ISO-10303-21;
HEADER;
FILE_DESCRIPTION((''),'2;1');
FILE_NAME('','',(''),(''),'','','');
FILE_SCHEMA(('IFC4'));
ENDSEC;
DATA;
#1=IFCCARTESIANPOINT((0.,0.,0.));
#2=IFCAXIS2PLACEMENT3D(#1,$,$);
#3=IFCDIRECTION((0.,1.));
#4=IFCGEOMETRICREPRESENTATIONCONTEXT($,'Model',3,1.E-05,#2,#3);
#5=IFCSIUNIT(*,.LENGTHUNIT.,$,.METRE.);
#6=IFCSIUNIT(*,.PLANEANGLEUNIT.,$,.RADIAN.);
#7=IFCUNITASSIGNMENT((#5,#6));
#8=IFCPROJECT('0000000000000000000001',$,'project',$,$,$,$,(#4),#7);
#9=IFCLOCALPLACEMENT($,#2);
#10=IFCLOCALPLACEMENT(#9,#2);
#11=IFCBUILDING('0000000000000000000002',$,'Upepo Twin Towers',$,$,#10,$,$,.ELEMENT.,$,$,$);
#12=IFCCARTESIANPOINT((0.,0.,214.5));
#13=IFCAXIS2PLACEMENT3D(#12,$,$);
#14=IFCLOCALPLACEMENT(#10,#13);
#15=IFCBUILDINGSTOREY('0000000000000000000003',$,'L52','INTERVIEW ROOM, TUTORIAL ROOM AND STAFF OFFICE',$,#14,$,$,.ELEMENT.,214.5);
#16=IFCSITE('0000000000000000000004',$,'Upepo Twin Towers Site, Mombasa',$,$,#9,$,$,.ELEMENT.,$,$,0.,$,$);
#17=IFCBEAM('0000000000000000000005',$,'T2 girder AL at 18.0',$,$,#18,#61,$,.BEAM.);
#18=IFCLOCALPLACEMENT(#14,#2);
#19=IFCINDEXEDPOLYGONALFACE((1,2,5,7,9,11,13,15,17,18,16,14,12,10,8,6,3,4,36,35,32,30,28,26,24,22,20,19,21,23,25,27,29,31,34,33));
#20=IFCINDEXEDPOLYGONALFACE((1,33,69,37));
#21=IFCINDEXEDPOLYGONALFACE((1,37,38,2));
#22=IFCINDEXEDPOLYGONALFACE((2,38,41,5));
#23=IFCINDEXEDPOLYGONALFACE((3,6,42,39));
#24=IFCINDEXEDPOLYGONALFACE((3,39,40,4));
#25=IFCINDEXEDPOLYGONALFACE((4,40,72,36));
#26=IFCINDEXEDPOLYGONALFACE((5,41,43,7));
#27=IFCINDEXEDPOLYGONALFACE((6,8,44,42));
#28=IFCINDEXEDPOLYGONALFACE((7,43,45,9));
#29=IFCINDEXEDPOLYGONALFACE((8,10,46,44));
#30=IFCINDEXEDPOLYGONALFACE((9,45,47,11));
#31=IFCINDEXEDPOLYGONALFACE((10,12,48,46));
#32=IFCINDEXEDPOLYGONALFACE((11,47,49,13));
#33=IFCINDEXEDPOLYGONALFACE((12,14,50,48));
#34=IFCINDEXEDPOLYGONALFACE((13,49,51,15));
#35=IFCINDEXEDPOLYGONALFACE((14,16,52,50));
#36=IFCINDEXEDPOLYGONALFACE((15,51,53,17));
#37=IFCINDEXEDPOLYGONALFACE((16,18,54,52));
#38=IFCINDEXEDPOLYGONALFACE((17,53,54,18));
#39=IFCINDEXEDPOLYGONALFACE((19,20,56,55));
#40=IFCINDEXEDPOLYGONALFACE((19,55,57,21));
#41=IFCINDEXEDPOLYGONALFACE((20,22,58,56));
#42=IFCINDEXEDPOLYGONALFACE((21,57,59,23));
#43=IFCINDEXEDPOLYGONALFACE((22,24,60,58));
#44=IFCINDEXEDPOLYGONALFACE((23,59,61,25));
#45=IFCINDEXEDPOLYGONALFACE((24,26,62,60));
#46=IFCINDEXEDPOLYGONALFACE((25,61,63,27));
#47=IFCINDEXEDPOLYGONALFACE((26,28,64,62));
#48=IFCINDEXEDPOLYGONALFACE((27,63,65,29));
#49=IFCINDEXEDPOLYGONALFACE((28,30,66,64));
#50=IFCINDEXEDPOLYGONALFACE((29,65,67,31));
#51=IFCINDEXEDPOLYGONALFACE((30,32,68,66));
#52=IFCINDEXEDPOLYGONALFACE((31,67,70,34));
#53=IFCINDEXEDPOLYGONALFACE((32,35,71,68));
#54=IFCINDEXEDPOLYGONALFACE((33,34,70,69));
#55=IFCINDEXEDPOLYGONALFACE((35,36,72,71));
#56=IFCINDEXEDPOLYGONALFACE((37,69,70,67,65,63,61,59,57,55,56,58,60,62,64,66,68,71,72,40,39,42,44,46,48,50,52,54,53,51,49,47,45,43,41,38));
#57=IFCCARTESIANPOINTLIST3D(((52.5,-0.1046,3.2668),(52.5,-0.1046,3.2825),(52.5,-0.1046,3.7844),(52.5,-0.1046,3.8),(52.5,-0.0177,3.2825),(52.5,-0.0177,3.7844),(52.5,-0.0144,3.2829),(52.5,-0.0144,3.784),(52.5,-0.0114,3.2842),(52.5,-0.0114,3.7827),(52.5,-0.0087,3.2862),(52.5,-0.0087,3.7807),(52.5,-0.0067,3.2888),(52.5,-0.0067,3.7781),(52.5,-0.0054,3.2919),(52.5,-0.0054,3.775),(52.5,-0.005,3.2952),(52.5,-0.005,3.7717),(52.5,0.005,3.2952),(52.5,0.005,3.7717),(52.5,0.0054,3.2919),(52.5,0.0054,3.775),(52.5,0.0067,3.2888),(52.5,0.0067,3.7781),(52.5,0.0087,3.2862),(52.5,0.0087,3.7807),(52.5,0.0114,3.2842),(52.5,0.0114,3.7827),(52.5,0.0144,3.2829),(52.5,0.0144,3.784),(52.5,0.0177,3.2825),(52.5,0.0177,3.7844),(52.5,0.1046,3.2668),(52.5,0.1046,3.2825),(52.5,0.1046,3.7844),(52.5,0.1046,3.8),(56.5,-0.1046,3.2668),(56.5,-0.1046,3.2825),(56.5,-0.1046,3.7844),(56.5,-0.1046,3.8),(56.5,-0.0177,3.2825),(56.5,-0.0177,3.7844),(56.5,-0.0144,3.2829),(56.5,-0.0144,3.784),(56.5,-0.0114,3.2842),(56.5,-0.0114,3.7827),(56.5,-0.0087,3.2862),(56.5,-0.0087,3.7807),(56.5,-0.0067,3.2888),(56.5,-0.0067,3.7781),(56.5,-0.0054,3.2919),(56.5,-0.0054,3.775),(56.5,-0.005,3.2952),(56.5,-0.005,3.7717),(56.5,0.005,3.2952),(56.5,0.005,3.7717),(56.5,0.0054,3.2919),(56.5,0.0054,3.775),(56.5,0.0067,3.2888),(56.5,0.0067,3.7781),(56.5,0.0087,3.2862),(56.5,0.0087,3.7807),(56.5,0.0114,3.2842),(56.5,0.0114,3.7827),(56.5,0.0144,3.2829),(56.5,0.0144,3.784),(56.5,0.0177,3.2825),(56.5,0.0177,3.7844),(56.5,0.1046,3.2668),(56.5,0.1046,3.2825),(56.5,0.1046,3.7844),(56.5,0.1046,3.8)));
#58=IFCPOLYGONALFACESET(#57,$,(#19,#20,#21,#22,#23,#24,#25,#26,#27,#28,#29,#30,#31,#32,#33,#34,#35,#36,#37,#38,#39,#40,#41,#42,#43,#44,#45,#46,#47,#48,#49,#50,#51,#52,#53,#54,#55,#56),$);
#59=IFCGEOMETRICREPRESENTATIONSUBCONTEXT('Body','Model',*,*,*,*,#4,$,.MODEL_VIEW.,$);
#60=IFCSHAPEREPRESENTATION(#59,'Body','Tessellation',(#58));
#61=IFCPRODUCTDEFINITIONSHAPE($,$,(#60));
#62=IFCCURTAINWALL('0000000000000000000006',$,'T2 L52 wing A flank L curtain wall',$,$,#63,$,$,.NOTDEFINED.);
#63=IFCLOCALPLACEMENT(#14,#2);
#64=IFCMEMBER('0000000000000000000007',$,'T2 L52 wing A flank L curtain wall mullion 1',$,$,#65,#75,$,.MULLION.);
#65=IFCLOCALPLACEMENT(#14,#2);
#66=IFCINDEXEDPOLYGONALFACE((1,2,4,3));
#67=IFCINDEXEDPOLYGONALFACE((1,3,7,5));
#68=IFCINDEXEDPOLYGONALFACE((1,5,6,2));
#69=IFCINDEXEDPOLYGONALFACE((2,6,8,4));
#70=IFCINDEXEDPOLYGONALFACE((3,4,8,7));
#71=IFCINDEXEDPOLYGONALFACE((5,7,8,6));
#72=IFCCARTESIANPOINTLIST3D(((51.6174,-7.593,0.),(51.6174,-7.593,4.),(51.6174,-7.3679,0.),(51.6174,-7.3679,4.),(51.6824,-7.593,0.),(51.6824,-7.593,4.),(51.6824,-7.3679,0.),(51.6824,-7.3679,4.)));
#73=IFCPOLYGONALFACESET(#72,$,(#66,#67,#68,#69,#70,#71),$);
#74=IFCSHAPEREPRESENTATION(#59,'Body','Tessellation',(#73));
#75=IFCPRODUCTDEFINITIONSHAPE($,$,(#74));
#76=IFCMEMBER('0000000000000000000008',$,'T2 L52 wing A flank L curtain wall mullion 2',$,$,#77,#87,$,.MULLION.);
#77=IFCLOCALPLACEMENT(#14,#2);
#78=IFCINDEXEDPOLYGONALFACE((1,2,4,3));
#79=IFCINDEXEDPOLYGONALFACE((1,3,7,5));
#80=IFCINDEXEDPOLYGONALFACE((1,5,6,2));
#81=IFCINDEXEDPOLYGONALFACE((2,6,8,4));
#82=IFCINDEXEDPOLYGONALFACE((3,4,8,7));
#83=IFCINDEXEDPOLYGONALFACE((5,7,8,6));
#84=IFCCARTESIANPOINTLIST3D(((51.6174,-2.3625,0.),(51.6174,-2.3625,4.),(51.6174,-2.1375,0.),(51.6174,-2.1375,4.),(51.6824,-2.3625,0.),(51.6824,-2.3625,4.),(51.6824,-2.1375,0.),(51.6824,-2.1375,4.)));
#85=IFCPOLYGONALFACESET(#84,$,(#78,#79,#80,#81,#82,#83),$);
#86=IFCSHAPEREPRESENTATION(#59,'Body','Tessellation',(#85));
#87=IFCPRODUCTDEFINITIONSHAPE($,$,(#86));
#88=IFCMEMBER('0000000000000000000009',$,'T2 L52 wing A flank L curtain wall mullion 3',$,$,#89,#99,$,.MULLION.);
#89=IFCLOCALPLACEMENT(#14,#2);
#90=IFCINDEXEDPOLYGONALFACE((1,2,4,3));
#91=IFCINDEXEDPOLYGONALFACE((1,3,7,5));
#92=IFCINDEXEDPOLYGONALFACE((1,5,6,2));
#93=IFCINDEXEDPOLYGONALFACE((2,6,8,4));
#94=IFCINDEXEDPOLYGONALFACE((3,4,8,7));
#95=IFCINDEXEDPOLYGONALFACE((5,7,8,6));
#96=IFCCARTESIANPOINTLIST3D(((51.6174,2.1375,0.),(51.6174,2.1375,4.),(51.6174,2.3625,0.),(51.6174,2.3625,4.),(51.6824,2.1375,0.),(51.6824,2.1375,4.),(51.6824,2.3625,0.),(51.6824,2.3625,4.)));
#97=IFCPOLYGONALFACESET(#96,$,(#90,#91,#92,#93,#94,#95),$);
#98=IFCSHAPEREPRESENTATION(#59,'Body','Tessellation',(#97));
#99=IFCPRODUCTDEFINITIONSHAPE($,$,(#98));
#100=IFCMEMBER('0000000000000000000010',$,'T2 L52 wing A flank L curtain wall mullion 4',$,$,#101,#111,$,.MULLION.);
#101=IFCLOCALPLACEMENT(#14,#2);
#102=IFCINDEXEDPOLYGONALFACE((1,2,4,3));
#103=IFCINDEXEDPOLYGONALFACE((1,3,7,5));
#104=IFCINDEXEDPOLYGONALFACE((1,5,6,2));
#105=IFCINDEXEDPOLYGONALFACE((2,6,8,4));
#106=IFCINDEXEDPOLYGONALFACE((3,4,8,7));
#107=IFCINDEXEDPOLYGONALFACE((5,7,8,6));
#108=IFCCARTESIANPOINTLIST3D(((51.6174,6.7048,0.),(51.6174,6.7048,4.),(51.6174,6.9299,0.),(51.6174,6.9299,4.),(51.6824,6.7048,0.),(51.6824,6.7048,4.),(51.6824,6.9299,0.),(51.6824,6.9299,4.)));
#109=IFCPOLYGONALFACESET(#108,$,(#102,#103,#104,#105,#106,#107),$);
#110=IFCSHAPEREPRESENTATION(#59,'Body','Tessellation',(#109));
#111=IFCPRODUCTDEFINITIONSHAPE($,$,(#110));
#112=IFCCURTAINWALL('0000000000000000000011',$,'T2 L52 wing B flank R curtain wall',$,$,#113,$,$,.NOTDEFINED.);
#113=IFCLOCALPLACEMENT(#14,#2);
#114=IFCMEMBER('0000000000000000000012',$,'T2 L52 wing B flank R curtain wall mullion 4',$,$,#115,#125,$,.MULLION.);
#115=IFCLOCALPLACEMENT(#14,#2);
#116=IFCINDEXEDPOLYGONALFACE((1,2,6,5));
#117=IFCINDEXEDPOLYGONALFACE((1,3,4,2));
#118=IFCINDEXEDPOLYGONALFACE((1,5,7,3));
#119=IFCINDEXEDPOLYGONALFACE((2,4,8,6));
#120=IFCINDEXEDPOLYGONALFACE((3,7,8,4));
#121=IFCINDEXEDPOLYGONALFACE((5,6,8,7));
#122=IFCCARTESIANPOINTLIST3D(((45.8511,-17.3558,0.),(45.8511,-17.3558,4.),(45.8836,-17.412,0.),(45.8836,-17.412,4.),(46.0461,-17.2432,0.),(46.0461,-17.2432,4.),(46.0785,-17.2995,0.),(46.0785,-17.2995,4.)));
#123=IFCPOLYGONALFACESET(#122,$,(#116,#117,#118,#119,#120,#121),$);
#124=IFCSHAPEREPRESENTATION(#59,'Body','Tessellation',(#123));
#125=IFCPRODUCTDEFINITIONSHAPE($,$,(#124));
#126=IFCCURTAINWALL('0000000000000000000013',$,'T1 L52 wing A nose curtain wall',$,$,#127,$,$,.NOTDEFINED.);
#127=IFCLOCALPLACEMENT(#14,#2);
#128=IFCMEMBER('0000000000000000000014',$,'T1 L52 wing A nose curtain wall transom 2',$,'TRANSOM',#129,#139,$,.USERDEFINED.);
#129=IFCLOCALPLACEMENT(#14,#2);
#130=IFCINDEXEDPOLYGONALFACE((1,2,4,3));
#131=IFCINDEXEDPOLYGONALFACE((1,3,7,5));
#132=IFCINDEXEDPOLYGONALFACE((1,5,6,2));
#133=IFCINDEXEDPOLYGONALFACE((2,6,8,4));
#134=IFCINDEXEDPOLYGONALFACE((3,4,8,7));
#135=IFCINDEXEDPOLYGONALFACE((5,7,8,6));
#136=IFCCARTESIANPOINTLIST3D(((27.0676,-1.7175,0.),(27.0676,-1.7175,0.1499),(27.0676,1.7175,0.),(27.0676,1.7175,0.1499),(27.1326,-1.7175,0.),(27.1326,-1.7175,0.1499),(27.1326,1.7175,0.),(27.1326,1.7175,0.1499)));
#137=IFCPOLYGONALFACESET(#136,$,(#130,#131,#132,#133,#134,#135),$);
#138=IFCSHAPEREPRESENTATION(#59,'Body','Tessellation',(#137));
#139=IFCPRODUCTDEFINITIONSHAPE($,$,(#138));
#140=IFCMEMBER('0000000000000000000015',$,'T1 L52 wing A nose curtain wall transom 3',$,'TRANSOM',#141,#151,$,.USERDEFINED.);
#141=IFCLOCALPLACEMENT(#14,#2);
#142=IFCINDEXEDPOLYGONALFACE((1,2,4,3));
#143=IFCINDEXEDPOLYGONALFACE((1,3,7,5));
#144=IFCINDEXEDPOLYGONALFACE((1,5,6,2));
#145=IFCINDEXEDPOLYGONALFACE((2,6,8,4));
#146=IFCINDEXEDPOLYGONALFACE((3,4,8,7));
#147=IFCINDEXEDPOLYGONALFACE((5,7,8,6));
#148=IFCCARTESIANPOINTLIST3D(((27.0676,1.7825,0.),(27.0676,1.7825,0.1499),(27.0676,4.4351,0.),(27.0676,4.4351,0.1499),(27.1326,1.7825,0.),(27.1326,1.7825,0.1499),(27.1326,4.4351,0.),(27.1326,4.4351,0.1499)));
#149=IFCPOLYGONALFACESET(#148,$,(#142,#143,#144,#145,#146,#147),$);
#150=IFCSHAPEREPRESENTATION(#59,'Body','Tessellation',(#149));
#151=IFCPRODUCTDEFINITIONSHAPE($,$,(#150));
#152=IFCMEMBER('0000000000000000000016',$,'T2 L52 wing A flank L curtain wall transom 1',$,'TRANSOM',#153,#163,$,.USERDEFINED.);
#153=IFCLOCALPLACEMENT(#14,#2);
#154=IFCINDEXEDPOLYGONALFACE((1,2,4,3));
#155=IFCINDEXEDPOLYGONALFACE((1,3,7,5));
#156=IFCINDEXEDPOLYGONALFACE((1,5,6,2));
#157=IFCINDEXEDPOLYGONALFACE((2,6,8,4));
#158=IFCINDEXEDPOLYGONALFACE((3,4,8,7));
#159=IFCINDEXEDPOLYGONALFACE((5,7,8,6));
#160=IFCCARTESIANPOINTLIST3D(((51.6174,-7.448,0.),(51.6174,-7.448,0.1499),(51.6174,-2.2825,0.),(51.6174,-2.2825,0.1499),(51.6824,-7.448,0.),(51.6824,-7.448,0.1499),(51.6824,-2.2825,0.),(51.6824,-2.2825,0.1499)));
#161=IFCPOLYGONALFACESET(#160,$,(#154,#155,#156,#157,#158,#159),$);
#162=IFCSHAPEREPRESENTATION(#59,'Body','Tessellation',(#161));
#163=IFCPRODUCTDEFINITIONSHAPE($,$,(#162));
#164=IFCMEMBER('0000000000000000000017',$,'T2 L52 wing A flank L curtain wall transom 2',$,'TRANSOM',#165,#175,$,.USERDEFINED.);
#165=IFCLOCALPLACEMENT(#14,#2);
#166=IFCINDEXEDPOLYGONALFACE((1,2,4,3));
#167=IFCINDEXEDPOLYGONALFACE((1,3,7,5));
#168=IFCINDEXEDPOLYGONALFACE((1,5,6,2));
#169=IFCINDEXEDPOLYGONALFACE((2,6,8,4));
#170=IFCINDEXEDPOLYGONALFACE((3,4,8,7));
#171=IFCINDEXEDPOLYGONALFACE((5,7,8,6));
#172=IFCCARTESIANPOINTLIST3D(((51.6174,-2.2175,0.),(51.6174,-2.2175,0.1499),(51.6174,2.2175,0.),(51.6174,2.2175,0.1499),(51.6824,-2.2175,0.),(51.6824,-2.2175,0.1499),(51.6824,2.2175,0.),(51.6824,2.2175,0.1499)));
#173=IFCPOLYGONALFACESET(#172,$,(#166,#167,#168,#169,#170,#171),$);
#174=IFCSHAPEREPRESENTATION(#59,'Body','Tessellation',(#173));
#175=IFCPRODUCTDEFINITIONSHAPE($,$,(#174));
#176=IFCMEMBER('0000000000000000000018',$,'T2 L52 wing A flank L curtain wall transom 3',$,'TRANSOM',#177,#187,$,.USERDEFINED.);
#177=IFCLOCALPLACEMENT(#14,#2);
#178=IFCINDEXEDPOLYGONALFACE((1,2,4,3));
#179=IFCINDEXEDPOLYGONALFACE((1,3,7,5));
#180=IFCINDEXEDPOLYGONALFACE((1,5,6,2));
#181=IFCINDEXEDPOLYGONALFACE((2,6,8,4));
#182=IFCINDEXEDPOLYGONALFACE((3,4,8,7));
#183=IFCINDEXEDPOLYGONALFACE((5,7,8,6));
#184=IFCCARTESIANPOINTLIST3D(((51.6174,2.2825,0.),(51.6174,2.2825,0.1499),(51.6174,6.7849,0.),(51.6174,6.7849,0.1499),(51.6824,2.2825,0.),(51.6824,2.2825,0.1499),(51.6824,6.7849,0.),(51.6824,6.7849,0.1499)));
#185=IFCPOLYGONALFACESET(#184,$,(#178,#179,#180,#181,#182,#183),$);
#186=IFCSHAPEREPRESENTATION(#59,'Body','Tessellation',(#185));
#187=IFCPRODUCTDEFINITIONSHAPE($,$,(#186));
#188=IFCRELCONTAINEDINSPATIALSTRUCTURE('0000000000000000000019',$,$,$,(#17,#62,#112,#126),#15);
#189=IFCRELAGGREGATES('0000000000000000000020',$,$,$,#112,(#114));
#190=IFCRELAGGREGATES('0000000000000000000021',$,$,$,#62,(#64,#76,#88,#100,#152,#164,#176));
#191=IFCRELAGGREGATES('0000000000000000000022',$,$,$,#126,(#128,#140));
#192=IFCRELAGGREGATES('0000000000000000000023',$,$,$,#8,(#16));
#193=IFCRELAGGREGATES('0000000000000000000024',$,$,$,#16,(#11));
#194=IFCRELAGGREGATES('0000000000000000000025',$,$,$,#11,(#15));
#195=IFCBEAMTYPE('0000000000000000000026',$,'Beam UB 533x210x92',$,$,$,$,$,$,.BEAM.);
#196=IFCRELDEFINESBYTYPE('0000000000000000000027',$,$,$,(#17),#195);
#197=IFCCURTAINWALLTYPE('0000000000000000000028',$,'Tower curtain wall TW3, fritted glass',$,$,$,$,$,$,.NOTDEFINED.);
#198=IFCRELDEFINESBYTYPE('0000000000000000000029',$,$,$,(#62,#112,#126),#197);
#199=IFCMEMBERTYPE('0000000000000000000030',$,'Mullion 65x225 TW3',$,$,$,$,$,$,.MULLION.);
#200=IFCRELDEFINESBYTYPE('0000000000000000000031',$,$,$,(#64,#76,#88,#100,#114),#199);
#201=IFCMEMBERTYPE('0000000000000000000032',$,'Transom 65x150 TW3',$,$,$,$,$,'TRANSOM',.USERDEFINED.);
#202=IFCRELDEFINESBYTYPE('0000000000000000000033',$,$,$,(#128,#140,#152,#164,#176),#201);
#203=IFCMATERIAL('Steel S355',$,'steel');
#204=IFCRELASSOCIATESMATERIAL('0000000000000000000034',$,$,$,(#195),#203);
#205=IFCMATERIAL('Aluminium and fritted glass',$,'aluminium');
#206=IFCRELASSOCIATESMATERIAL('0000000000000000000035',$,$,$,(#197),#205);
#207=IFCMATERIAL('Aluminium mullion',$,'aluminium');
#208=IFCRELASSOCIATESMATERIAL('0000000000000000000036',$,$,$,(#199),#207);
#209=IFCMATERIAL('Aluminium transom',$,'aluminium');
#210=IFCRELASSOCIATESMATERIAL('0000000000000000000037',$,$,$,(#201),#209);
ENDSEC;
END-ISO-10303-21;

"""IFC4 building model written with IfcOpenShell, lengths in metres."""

from ifc_helpers import new_model, si_unit, direction, frame, origin, origin_2d, place, context, subcontext, project, spatial, rectangle, i_section, extrude, material, material_profile, profile_set, type_object, element, aggregate, save


model = new_model("IFC4")

# Units and contexts
model_context = context("Model", 3, precision=1e-05, world=origin(), true_north=direction((0.0, 1.0)))
body_context = subcontext(model_context, "Body", "Model", "MODEL_VIEW")
ifc_project = project(units=[si_unit("LENGTHUNIT", "METRE"), si_unit("PLANEANGLEUNIT", "RADIAN")], contexts=[model_context])

# Site, building, storey
site_placement = place(None, origin())
site = spatial("IfcSite", under=ifc_project, at=site_placement, Name="Upepo Twin Towers Site, Mombasa", CompositionType="ELEMENT", RefElevation=0.0)
building_placement = place(site_placement, origin())
building = spatial("IfcBuilding", under=site, at=building_placement, Name="Upepo Twin Towers", CompositionType="ELEMENT")
storey_placement = place(building_placement, frame((0.0, 0.0, 214.5)))
storey = spatial("IfcBuildingStorey", under=building, at=storey_placement, Name="L52", Description="INTERVIEW ROOM, TUTORIAL ROOM AND STAFF OFFICE", CompositionType="ELEMENT", Elevation=214.5)

# Beam
ifc_material_1 = material(Name="Steel S355", Category="steel")
ifc_material_profile_1 = material_profile(ifc_material_1, i_section(OverallWidth=0.2092, OverallDepth=0.5332, WebThickness=0.01, FlangeThickness=0.0156, FilletRadius=0.0127, at=origin_2d()), Name="UB 533x210x92")
ifc_profile_set_1 = profile_set([ifc_material_profile_1], Name="Steel S355")
beam_type_1 = type_object("IfcBeamType", Name="Beam UB 533x210x92", PredefinedType="BEAM", material=ifc_profile_set_1)
for number, where, z_axis, x_axis, name in (
    (1, (52.5, 0.0, 3.5334), (1.0, 0.0, 0.0), (0.0, 1.0, 0.0), "T2 girder AL at 18.0"),
):
    element("IfcBeam", number, at=place(storey_placement, frame(where, z_axis=z_axis, x_axis=x_axis)), inside=storey, type_object=beam_type_1, Name=name, PredefinedType="BEAM", context=body_context, shape_type="SweptSolid", body=[
        extrude(i_section(OverallWidth=0.2092, OverallDepth=0.5332, WebThickness=0.01, FlangeThickness=0.0156, FilletRadius=0.0127, at=origin_2d()), origin(), (0.0, 0.0, 1.0), 4.0),
    ])

# Curtain wall, members
ifc_material_2 = material(Name="Aluminium and fritted glass", Category="aluminium")
curtain_wall_type = type_object("IfcCurtainWallType", Name="Tower curtain wall TW3, fritted glass", PredefinedType="NOTDEFINED", material=ifc_material_2)
curtain_wall_1_placement = place(storey_placement, origin())
curtain_wall_1 = element("IfcCurtainWall", 2, at=curtain_wall_1_placement, inside=storey, type_object=curtain_wall_type, Name="T2 L52 wing A flank L curtain wall", PredefinedType="NOTDEFINED")
ifc_material_3 = material(Name="Aluminium mullion", Category="aluminium")
ifc_material_profile_2 = material_profile(ifc_material_3, rectangle(XDim=0.0649, YDim=0.2251, at=origin_2d()), Name="MULLION 65x225")
ifc_profile_set_2 = profile_set([ifc_material_profile_2], Name="Aluminium mullion")
member_type_1 = type_object("IfcMemberType", Name="Mullion 65x225 TW3", PredefinedType="MULLION", material=ifc_profile_set_2)
member_1_placement = place(storey_placement, frame((51.6499, -7.4805, 0.0), z_axis=(0.0, 0.0, 1.0), x_axis=(-1.0, 0.0, 0.0)))
member_1 = element("IfcMember", 3, at=member_1_placement, type_object=member_type_1, Name="T2 L52 wing A flank L curtain wall mullion 1", PredefinedType="MULLION", context=body_context, shape_type="SweptSolid", body=[
    extrude(rectangle(XDim=0.0649, YDim=0.2251, at=origin_2d()), origin(), (0.0, 0.0, 1.0), 4.0),
])
member_2_placement = place(storey_placement, frame((51.6499, -2.25, 0.0), z_axis=(0.0, 0.0, 1.0), x_axis=(-1.0, 0.0, 0.0)))
member_2 = element("IfcMember", 4, at=member_2_placement, type_object=member_type_1, Name="T2 L52 wing A flank L curtain wall mullion 2", PredefinedType="MULLION", context=body_context, shape_type="SweptSolid", body=[
    extrude(rectangle(XDim=0.0649, YDim=0.2251, at=origin_2d()), origin(), (0.0, 0.0, 1.0), 4.0),
])
member_3_placement = place(storey_placement, frame((51.6499, 2.25, 0.0), z_axis=(0.0, 0.0, 1.0), x_axis=(-1.0, 0.0, 0.0)))
member_3 = element("IfcMember", 5, at=member_3_placement, type_object=member_type_1, Name="T2 L52 wing A flank L curtain wall mullion 3", PredefinedType="MULLION", context=body_context, shape_type="SweptSolid", body=[
    extrude(rectangle(XDim=0.0649, YDim=0.2251, at=origin_2d()), origin(), (0.0, 0.0, 1.0), 4.0),
])
member_4_placement = place(storey_placement, frame((51.6499, 6.8174, 0.0), z_axis=(0.0, 0.0, 1.0), x_axis=(-1.0, 0.0, 0.0)))
member_4 = element("IfcMember", 6, at=member_4_placement, type_object=member_type_1, Name="T2 L52 wing A flank L curtain wall mullion 4", PredefinedType="MULLION", context=body_context, shape_type="SweptSolid", body=[
    extrude(rectangle(XDim=0.0649, YDim=0.2251, at=origin_2d()), origin(), (0.0, 0.0, 1.0), 4.0),
])

# Curtain wall, member
curtain_wall_2_placement = place(storey_placement, origin())
curtain_wall_2 = element("IfcCurtainWall", 7, at=curtain_wall_2_placement, inside=storey, type_object=curtain_wall_type, Name="T2 L52 wing B flank R curtain wall", PredefinedType="NOTDEFINED")
member_5_placement = place(storey_placement, frame((45.9648, -17.3276, 0.0), z_axis=(0.0, 0.0, 1.0), x_axis=(-0.5, 0.866025, 0.0)))
member_5 = element("IfcMember", 8, at=member_5_placement, type_object=member_type_1, Name="T2 L52 wing B flank R curtain wall mullion 4", PredefinedType="MULLION", context=body_context, shape_type="SweptSolid", body=[
    extrude(rectangle(XDim=0.0649, YDim=0.2251, at=origin_2d()), origin(), (0.0, 0.0, 1.0), 4.0),
])
aggregate(curtain_wall_2, [member_5])

# Curtain wall, members
curtain_wall_3_placement = place(storey_placement, origin())
curtain_wall_3 = element("IfcCurtainWall", 9, at=curtain_wall_3_placement, inside=storey, type_object=curtain_wall_type, Name="T1 L52 wing A nose curtain wall", PredefinedType="NOTDEFINED")
ifc_material_4 = material(Name="Aluminium transom", Category="aluminium")
ifc_material_profile_3 = material_profile(ifc_material_4, rectangle(XDim=0.0649, YDim=0.1499, at=origin_2d()), Name="TRANSOM 65x150")
ifc_profile_set_3 = profile_set([ifc_material_profile_3], Name="Aluminium transom")
member_type_2 = type_object("IfcMemberType", Name="Transom 65x150 TW3", ElementType="TRANSOM", PredefinedType="USERDEFINED", material=ifc_profile_set_3)
member_6_placement = place(storey_placement, frame((27.1001, -1.7175, 0.075), z_axis=(0.0, 1.0, 0.0), x_axis=(-1.0, 0.0, 0.0)))
member_6 = element("IfcMember", 10, at=member_6_placement, type_object=member_type_2, Name="T1 L52 wing A nose curtain wall transom 2", ObjectType="TRANSOM", PredefinedType="USERDEFINED", context=body_context, shape_type="SweptSolid", body=[
    extrude(rectangle(XDim=0.0649, YDim=0.1499, at=origin_2d()), origin(), (0.0, 0.0, 1.0), 3.4351),
])
member_7_placement = place(storey_placement, frame((27.1001, 1.7825, 0.075), z_axis=(0.0, 1.0, 0.0), x_axis=(-1.0, 0.0, 0.0)))
member_7 = element("IfcMember", 11, at=member_7_placement, type_object=member_type_2, Name="T1 L52 wing A nose curtain wall transom 3", ObjectType="TRANSOM", PredefinedType="USERDEFINED", context=body_context, shape_type="SweptSolid", body=[
    extrude(rectangle(XDim=0.0649, YDim=0.1499, at=origin_2d()), origin(), (0.0, 0.0, 1.0), 2.6526),
])

# Members
member_8_placement = place(storey_placement, frame((51.6499, -7.448, 0.075), z_axis=(0.0, 1.0, 0.0), x_axis=(-1.0, 0.0, 0.0)))
member_8 = element("IfcMember", 12, at=member_8_placement, type_object=member_type_2, Name="T2 L52 wing A flank L curtain wall transom 1", ObjectType="TRANSOM", PredefinedType="USERDEFINED", context=body_context, shape_type="SweptSolid", body=[
    extrude(rectangle(XDim=0.0649, YDim=0.1499, at=origin_2d()), origin(), (0.0, 0.0, 1.0), 5.1655),
])
member_9_placement = place(storey_placement, frame((51.6499, -2.2175, 0.075), z_axis=(0.0, 1.0, 0.0), x_axis=(-1.0, 0.0, 0.0)))
member_9 = element("IfcMember", 13, at=member_9_placement, type_object=member_type_2, Name="T2 L52 wing A flank L curtain wall transom 2", ObjectType="TRANSOM", PredefinedType="USERDEFINED", context=body_context, shape_type="SweptSolid", body=[
    extrude(rectangle(XDim=0.0649, YDim=0.1499, at=origin_2d()), origin(), (0.0, 0.0, 1.0), 4.4351),
])
member_10_placement = place(storey_placement, frame((51.6499, 2.2825, 0.075), z_axis=(0.0, 1.0, 0.0), x_axis=(-1.0, 0.0, 0.0)))
member_10 = element("IfcMember", 14, at=member_10_placement, type_object=member_type_2, Name="T2 L52 wing A flank L curtain wall transom 3", ObjectType="TRANSOM", PredefinedType="USERDEFINED", context=body_context, shape_type="SweptSolid", body=[
    extrude(rectangle(XDim=0.0649, YDim=0.1499, at=origin_2d()), origin(), (0.0, 0.0, 1.0), 4.5024),
])

aggregate(curtain_wall_1, [member_1, member_2, member_3, member_4, member_8, member_9, member_10])
aggregate(curtain_wall_3, [member_6, member_7])

save(model, "model.ifc")
